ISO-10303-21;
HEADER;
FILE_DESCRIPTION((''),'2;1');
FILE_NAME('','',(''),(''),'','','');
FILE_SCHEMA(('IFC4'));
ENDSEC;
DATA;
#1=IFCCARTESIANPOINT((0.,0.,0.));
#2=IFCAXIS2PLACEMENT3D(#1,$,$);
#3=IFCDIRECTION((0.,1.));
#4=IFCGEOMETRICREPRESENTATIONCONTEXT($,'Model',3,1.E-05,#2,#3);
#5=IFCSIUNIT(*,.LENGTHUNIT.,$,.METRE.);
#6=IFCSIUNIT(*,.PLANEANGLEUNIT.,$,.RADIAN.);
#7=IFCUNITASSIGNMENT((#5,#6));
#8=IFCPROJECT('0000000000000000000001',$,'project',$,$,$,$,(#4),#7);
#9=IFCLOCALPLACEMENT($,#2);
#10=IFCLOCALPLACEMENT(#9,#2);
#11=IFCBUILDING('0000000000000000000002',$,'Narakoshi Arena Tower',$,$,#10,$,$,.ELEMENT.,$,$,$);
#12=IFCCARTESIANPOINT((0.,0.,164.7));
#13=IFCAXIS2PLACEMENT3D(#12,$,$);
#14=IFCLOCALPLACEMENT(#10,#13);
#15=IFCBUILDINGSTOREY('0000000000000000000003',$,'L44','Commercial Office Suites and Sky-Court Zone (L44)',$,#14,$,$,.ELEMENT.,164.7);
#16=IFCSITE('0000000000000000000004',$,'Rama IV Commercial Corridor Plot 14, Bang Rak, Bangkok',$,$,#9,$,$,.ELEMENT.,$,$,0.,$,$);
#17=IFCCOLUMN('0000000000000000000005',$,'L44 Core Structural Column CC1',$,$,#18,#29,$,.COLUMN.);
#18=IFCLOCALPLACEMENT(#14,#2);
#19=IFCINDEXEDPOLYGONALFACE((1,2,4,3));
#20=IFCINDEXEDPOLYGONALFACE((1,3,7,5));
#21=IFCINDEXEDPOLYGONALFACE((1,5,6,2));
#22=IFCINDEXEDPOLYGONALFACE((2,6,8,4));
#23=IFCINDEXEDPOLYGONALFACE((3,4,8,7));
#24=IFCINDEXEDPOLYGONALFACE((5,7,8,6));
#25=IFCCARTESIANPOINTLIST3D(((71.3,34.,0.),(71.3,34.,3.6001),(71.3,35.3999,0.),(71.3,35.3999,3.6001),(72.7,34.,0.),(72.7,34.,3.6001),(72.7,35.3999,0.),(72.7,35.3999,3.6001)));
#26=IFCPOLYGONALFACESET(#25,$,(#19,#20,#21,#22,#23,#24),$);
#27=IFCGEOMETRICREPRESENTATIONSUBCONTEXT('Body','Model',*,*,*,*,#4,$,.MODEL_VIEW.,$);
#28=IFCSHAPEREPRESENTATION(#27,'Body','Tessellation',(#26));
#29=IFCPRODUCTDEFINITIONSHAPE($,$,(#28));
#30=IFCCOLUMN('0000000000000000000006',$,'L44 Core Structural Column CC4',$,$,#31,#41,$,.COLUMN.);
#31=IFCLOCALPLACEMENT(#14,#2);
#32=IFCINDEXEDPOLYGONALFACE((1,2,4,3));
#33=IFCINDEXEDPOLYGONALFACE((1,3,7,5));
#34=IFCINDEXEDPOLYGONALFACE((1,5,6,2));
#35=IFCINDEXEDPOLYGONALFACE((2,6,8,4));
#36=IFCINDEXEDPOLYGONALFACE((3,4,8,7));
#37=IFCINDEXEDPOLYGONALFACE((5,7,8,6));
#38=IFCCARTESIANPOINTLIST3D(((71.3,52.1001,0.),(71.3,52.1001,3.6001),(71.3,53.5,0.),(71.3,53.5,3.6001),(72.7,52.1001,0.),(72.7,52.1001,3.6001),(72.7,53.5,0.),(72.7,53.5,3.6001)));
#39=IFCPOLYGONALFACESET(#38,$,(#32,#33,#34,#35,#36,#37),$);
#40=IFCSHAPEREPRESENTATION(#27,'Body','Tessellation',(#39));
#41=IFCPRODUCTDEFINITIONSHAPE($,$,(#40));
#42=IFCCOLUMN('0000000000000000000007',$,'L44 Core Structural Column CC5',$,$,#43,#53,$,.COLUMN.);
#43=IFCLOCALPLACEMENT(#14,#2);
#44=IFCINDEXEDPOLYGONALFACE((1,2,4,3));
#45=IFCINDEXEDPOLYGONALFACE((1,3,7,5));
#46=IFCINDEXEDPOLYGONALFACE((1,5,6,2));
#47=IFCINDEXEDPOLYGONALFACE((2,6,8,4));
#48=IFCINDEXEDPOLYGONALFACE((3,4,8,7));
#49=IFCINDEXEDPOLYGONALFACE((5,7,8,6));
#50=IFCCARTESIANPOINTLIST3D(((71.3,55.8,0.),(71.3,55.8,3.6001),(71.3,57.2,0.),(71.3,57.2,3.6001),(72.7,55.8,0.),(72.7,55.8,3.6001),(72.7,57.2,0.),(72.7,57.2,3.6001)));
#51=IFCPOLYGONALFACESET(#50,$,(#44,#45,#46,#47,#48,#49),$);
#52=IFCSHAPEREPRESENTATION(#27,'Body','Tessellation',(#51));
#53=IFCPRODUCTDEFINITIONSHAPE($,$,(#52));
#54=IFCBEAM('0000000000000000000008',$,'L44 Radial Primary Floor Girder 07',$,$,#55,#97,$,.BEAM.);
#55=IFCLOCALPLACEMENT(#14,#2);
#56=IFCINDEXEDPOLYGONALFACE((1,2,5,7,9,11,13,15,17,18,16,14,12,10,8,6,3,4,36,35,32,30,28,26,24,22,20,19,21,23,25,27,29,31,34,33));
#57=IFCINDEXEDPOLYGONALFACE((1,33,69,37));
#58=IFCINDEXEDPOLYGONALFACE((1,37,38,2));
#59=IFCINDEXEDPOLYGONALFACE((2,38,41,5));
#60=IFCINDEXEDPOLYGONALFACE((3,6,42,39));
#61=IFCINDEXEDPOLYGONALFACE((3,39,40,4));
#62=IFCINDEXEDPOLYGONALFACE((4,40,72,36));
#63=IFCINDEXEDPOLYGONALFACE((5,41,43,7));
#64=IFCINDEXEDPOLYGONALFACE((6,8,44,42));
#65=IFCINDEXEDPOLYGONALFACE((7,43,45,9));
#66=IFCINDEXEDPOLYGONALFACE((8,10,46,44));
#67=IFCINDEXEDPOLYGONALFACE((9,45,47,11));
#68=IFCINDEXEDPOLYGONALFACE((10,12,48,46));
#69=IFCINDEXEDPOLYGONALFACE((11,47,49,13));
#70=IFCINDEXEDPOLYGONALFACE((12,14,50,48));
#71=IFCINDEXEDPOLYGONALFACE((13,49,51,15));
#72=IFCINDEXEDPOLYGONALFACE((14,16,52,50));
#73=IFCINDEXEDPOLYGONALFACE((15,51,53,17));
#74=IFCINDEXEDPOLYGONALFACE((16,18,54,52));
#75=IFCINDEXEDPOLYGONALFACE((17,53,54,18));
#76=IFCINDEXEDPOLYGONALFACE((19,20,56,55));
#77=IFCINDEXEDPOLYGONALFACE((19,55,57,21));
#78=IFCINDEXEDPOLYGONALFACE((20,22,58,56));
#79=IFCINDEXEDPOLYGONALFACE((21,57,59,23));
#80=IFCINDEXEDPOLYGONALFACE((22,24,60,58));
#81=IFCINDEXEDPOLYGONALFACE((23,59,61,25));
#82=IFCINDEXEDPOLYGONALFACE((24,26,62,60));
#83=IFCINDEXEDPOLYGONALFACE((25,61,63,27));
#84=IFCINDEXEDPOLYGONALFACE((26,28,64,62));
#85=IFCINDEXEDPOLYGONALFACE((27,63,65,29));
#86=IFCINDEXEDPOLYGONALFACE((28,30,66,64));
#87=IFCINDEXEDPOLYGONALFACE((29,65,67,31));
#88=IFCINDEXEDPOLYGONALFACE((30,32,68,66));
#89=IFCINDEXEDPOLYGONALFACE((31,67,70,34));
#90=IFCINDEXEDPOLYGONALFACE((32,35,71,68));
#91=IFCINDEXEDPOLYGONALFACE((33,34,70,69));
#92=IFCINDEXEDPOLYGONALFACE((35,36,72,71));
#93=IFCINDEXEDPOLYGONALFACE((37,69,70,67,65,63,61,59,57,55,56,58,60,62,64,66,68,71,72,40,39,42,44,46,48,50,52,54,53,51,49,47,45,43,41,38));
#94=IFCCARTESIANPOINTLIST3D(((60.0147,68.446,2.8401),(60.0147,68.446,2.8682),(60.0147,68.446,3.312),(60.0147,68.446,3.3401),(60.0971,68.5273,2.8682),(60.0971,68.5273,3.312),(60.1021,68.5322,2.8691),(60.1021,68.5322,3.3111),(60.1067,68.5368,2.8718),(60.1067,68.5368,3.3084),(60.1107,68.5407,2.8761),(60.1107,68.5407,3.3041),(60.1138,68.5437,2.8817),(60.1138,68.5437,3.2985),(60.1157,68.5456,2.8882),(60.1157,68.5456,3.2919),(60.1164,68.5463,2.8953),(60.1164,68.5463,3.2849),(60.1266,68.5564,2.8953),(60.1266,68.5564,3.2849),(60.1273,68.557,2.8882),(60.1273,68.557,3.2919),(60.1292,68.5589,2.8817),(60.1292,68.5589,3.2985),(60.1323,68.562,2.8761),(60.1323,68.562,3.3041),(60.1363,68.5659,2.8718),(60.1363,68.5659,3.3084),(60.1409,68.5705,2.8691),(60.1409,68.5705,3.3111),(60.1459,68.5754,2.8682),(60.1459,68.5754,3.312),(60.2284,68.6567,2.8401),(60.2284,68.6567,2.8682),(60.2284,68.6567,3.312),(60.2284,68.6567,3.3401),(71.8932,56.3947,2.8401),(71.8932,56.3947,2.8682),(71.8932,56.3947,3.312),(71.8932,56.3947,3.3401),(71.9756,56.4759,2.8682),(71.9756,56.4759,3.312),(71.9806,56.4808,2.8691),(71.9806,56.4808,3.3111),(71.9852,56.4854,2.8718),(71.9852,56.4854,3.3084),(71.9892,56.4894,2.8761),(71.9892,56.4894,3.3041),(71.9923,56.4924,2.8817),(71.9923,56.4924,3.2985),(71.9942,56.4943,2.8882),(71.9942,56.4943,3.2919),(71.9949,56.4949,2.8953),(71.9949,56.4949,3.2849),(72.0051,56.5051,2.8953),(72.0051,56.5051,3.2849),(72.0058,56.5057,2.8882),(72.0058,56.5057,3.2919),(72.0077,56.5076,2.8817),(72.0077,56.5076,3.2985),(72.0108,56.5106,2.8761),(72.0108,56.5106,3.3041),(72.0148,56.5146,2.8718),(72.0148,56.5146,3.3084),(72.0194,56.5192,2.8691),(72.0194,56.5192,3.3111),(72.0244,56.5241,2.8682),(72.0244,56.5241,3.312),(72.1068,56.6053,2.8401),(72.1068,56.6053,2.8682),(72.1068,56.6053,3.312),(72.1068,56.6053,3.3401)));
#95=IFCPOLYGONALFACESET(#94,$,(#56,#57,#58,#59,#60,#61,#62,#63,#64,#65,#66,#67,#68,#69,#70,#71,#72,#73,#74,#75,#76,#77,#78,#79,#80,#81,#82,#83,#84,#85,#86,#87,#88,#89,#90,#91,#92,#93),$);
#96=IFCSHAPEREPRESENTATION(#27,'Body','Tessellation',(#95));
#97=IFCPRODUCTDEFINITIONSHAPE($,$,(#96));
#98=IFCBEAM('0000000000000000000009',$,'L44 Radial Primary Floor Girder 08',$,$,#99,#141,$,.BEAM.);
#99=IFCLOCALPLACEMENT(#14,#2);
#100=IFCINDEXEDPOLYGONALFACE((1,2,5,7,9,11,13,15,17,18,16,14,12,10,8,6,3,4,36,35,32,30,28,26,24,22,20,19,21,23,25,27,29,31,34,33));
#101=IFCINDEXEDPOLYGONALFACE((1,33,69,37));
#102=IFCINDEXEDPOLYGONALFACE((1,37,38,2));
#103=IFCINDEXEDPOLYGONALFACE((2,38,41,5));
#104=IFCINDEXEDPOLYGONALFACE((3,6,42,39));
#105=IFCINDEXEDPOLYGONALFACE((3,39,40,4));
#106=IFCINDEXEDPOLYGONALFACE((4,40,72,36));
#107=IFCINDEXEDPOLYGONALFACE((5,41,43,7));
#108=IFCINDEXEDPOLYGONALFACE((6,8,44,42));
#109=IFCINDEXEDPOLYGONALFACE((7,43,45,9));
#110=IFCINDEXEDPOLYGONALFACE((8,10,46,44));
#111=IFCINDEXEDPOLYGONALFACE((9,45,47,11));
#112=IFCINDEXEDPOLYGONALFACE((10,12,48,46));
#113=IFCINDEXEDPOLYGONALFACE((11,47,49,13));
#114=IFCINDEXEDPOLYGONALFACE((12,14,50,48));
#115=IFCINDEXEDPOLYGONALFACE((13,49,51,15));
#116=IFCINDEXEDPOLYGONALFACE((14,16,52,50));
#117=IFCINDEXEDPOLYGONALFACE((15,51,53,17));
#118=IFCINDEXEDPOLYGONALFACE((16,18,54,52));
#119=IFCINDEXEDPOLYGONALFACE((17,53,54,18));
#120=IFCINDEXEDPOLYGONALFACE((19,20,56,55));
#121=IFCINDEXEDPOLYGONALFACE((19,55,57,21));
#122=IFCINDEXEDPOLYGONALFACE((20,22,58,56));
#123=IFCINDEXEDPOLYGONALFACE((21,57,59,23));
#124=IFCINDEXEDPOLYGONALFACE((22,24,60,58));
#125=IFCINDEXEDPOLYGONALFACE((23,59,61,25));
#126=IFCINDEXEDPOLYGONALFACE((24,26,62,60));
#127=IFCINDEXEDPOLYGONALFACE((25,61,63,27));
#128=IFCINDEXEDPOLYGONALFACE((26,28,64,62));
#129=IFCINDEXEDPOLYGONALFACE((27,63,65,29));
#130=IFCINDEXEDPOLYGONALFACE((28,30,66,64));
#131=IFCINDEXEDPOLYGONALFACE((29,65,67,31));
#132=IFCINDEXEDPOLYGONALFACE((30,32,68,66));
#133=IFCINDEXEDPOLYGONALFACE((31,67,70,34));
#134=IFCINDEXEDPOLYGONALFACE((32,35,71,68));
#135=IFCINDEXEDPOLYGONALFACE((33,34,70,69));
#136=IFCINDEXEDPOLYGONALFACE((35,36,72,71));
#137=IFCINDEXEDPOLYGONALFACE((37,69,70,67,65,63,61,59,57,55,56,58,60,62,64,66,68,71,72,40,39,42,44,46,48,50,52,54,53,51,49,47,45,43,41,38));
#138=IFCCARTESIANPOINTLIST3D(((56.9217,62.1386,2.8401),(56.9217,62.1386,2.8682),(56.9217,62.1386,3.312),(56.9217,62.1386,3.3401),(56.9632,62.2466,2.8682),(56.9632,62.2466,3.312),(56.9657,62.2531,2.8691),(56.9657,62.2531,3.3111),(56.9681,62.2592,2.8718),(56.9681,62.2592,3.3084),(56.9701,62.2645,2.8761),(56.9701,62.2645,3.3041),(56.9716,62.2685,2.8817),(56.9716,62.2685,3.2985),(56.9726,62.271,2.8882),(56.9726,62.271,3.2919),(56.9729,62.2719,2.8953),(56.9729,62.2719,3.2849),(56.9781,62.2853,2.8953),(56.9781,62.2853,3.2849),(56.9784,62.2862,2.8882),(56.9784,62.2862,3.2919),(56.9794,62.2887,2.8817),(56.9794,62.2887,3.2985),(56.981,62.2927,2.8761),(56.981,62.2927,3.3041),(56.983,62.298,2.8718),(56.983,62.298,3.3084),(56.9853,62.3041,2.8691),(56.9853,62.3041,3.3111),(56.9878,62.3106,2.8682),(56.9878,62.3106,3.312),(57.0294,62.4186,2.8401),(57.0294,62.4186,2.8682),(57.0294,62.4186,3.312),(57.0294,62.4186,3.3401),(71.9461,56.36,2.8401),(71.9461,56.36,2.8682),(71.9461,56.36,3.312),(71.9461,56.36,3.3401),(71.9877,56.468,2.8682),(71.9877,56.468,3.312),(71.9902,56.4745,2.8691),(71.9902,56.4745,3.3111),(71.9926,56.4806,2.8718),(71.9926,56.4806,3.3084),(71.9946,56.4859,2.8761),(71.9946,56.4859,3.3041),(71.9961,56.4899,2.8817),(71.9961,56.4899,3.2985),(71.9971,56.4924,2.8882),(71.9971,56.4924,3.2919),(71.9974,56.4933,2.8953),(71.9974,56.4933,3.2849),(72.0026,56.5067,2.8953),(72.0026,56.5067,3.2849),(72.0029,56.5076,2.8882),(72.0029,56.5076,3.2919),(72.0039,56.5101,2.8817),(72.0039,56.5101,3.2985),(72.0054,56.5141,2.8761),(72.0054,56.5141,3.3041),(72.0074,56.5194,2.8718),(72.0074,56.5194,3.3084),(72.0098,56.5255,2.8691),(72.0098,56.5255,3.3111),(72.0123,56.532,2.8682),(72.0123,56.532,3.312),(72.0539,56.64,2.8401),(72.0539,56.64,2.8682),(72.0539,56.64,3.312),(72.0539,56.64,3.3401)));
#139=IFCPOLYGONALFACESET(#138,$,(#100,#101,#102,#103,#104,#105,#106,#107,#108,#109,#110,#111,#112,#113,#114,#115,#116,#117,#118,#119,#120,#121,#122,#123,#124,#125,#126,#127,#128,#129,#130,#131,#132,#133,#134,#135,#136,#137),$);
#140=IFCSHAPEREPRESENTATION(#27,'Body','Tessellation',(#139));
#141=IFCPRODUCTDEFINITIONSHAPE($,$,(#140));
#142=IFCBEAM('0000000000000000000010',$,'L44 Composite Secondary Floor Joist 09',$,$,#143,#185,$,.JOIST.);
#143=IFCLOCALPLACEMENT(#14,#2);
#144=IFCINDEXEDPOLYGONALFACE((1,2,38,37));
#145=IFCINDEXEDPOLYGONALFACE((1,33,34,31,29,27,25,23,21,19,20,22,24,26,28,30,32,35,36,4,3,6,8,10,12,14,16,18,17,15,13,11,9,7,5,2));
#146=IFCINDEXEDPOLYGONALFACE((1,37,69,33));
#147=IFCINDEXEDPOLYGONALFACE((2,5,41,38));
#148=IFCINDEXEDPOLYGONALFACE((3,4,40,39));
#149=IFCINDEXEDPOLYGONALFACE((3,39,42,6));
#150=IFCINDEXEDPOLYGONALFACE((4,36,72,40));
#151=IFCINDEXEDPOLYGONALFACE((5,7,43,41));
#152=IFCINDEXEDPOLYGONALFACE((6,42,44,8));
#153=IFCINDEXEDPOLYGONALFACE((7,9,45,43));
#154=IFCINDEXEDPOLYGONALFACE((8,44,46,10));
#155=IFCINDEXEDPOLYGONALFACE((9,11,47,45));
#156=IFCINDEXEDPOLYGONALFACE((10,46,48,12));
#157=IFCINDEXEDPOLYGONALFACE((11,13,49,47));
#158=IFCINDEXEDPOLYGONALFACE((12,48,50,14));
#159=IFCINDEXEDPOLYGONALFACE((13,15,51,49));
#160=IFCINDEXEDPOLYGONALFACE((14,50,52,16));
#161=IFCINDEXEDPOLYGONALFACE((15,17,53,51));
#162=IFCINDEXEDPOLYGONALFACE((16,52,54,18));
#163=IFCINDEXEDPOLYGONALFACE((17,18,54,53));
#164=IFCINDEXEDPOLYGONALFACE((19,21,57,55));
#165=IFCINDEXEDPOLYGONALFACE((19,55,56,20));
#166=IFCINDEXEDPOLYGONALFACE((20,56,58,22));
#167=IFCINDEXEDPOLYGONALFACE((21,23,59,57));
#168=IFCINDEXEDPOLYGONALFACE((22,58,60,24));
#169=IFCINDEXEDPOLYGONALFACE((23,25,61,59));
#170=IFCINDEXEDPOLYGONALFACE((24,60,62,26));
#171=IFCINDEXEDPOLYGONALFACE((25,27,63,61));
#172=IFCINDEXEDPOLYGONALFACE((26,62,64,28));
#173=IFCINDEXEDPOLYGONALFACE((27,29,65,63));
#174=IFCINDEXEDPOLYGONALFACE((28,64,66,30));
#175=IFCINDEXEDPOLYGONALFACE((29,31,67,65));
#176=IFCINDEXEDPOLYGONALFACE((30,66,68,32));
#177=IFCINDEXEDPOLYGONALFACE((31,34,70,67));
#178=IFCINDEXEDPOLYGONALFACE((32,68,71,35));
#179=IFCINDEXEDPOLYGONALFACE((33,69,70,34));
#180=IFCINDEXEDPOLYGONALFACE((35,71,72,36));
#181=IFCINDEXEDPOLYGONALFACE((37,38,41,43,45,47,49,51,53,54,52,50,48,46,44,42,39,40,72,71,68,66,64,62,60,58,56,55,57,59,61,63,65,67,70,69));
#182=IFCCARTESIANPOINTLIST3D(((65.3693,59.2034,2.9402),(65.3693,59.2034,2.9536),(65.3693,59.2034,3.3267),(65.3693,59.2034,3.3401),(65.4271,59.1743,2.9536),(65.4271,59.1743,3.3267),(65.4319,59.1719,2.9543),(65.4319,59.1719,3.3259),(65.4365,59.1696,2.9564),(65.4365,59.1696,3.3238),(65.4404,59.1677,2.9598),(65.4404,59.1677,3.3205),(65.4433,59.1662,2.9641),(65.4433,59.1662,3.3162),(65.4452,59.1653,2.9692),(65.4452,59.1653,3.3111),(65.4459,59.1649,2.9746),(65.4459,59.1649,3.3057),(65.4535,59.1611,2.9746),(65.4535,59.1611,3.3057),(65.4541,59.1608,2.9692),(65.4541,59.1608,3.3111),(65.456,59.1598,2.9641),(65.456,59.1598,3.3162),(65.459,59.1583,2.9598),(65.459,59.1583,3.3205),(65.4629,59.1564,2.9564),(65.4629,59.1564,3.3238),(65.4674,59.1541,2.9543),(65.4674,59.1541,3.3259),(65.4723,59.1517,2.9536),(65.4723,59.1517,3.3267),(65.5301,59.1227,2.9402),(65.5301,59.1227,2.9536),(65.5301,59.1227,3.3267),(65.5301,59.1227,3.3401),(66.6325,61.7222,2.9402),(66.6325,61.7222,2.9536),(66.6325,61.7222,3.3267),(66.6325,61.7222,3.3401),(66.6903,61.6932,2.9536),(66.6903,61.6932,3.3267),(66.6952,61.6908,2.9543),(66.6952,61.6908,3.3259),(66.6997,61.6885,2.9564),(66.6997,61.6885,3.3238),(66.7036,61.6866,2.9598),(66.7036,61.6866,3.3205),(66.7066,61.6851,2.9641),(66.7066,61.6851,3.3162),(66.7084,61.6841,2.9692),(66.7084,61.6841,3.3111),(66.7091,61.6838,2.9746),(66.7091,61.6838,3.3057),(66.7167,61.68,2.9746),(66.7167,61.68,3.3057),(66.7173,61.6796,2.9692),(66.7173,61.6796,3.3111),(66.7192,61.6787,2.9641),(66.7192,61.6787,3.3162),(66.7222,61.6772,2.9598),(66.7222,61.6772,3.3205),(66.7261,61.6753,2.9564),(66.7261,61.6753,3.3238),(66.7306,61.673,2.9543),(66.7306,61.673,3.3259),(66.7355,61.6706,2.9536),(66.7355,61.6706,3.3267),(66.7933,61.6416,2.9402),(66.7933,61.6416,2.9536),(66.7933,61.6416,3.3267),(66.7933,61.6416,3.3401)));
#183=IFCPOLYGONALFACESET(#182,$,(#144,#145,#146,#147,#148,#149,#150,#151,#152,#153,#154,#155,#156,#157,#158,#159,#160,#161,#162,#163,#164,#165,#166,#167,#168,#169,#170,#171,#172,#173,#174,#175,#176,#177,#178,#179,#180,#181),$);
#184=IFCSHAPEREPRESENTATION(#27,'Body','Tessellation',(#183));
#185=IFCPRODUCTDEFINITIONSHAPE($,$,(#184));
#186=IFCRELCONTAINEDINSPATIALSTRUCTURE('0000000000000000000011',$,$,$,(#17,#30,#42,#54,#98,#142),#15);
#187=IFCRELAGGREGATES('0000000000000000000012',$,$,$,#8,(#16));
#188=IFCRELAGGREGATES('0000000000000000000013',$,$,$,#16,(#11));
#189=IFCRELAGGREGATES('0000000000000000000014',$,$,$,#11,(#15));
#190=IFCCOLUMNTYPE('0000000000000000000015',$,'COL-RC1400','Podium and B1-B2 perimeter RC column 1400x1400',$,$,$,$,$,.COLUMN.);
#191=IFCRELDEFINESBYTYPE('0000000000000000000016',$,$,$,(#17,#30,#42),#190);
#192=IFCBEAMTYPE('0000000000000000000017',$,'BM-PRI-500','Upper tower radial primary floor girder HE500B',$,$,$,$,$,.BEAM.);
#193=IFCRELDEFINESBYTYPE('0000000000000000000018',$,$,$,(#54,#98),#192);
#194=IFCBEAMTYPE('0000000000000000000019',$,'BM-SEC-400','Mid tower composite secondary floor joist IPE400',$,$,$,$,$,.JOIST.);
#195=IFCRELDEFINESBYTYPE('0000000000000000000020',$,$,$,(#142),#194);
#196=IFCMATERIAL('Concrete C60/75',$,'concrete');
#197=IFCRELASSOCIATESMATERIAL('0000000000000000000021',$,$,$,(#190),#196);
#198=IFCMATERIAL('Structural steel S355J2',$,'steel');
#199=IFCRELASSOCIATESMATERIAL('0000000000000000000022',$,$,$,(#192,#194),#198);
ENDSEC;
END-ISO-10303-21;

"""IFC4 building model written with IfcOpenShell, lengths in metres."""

from ifc_helpers import new_model, si_unit, direction, frame, origin, origin_2d, place, context, subcontext, project, spatial, rectangle, i_section, extrude, material, material_profile, profile_set, type_object, element, save


model = new_model("IFC4")

# Units and contexts
model_context = context("Model", 3, precision=1e-05, world=origin(), true_north=direction((0.0, 1.0)))
body_context = subcontext(model_context, "Body", "Model", "MODEL_VIEW")
ifc_project = project(units=[si_unit("LENGTHUNIT", "METRE"), si_unit("PLANEANGLEUNIT", "RADIAN")], contexts=[model_context])

# Site, building, storey
site_placement = place(None, origin())
site = spatial("IfcSite", under=ifc_project, at=site_placement, Name="Rama IV Commercial Corridor Plot 14, Bang Rak, Bangkok", CompositionType="ELEMENT", RefElevation=0.0)
building_placement = place(site_placement, origin())
building = spatial("IfcBuilding", under=site, at=building_placement, Name="Narakoshi Arena Tower", CompositionType="ELEMENT")
storey_placement = place(building_placement, frame((0.0, 0.0, 164.7)))
storey = spatial("IfcBuildingStorey", under=building, at=storey_placement, Name="L44", Description="Commercial Office Suites and Sky-Court Zone (L44)", CompositionType="ELEMENT", Elevation=164.7)

# Columns
ifc_material_1 = material(Name="Concrete C60/75", Category="concrete")
ifc_material_profile_1 = material_profile(ifc_material_1, rectangle(XDim=1.3999, YDim=1.3999, at=origin_2d()), Name="RC1400x1400")
ifc_profile_set_1 = profile_set([ifc_material_profile_1], Name="Concrete C60/75")
column_type = type_object("IfcColumnType", Name="COL-RC1400", Description="Podium and B1-B2 perimeter RC column 1400x1400", PredefinedType="COLUMN", material=ifc_profile_set_1)
for number, where, z_axis, x_axis, name in (
    (1, (72.0, 34.7, 0.0), (0.0, 0.0, 1.0), (1.0, 0.0, 0.0), "L44 Core Structural Column CC1"),
    (2, (72.0, 52.8, 0.0), (0.0, 0.0, 1.0), (1.0, 0.0, 0.0), "L44 Core Structural Column CC4"),
    (3, (72.0, 56.5, 0.0), (0.0, 0.0, 1.0), (1.0, 0.0, 0.0), "L44 Core Structural Column CC5"),
):
    element("IfcColumn", number, at=place(storey_placement, frame(where, z_axis=z_axis, x_axis=x_axis)), inside=storey, type_object=column_type, Name=name, PredefinedType="COLUMN", context=body_context, shape_type="SweptSolid", body=[
        extrude(rectangle(XDim=1.3999, YDim=1.3999, at=origin_2d()), origin(), (0.0, 0.0, 1.0), 3.6001),
    ])

# Beams
ifc_material_2 = material(Name="Structural steel S355J2", Category="steel")
ifc_material_profile_2 = material_profile(ifc_material_2, i_section(OverallWidth=0.3, OverallDepth=0.5, WebThickness=0.0144, FlangeThickness=0.0281, FilletRadius=0.0271, at=origin_2d()), Name="HE500B")
ifc_profile_set_2 = profile_set([ifc_material_profile_2], Name="Structural steel S355J2")
beam_type_1 = type_object("IfcBeamType", Name="BM-PRI-500", Description="Upper tower radial primary floor girder HE500B", PredefinedType="BEAM", material=ifc_profile_set_2)
beam_1_placement = place(storey_placement, frame((72.0, 56.5, 3.0901), z_axis=(-0.701981, 0.712196, 0.0), x_axis=(-0.712196, -0.701981, 0.0)))
element("IfcBeam", 4, at=beam_1_placement, inside=storey, type_object=beam_type_1, Name="L44 Radial Primary Floor Girder 07", PredefinedType="BEAM", context=body_context, shape_type="SweptSolid", body=[
    extrude(i_section(OverallWidth=0.3, OverallDepth=0.5, WebThickness=0.0144, FlangeThickness=0.0281, FilletRadius=0.0271, at=origin_2d()), origin(), (0.0, 0.0, 1.0), 16.9214),
])
beam_2_placement = place(storey_placement, frame((72.0, 56.5, 3.0901), z_axis=(-0.933347, 0.358976, 0.0), x_axis=(-0.358976, -0.933347, 0.0)))
element("IfcBeam", 5, at=beam_2_placement, inside=storey, type_object=beam_type_1, Name="L44 Radial Primary Floor Girder 08", PredefinedType="BEAM", context=body_context, shape_type="SweptSolid", body=[
    extrude(i_section(OverallWidth=0.3, OverallDepth=0.5, WebThickness=0.0144, FlangeThickness=0.0281, FilletRadius=0.0271, at=origin_2d()), origin(), (0.0, 0.0, 1.0), 16.0974),
])
ifc_material_profile_3 = material_profile(ifc_material_2, i_section(OverallWidth=0.1799, OverallDepth=0.3999, WebThickness=0.0085, FlangeThickness=0.0134, FilletRadius=0.021, at=origin_2d()), Name="IPE400")
ifc_profile_set_3 = profile_set([ifc_material_profile_3], Name="Structural steel S355J2")
beam_type_2 = type_object("IfcBeamType", Name="BM-SEC-400", Description="Mid tower composite secondary floor joist IPE400", PredefinedType="JOIST", material=ifc_profile_set_3)
beam_3_placement = place(storey_placement, frame((66.7129, 61.6819, 3.1401), z_axis=(-0.448288, -0.893889, 0.0), x_axis=(0.893889, -0.448288, 0.0)))
element("IfcBeam", 6, at=beam_3_placement, inside=storey, type_object=beam_type_2, Name="L44 Composite Secondary Floor Joist 09", PredefinedType="JOIST", context=body_context, shape_type="SweptSolid", body=[
    extrude(i_section(OverallWidth=0.1799, OverallDepth=0.3999, WebThickness=0.0085, FlangeThickness=0.0134, FilletRadius=0.021, at=origin_2d()), origin(), (0.0, 0.0, 1.0), 2.8179),
])

save(model, "model.ifc")
